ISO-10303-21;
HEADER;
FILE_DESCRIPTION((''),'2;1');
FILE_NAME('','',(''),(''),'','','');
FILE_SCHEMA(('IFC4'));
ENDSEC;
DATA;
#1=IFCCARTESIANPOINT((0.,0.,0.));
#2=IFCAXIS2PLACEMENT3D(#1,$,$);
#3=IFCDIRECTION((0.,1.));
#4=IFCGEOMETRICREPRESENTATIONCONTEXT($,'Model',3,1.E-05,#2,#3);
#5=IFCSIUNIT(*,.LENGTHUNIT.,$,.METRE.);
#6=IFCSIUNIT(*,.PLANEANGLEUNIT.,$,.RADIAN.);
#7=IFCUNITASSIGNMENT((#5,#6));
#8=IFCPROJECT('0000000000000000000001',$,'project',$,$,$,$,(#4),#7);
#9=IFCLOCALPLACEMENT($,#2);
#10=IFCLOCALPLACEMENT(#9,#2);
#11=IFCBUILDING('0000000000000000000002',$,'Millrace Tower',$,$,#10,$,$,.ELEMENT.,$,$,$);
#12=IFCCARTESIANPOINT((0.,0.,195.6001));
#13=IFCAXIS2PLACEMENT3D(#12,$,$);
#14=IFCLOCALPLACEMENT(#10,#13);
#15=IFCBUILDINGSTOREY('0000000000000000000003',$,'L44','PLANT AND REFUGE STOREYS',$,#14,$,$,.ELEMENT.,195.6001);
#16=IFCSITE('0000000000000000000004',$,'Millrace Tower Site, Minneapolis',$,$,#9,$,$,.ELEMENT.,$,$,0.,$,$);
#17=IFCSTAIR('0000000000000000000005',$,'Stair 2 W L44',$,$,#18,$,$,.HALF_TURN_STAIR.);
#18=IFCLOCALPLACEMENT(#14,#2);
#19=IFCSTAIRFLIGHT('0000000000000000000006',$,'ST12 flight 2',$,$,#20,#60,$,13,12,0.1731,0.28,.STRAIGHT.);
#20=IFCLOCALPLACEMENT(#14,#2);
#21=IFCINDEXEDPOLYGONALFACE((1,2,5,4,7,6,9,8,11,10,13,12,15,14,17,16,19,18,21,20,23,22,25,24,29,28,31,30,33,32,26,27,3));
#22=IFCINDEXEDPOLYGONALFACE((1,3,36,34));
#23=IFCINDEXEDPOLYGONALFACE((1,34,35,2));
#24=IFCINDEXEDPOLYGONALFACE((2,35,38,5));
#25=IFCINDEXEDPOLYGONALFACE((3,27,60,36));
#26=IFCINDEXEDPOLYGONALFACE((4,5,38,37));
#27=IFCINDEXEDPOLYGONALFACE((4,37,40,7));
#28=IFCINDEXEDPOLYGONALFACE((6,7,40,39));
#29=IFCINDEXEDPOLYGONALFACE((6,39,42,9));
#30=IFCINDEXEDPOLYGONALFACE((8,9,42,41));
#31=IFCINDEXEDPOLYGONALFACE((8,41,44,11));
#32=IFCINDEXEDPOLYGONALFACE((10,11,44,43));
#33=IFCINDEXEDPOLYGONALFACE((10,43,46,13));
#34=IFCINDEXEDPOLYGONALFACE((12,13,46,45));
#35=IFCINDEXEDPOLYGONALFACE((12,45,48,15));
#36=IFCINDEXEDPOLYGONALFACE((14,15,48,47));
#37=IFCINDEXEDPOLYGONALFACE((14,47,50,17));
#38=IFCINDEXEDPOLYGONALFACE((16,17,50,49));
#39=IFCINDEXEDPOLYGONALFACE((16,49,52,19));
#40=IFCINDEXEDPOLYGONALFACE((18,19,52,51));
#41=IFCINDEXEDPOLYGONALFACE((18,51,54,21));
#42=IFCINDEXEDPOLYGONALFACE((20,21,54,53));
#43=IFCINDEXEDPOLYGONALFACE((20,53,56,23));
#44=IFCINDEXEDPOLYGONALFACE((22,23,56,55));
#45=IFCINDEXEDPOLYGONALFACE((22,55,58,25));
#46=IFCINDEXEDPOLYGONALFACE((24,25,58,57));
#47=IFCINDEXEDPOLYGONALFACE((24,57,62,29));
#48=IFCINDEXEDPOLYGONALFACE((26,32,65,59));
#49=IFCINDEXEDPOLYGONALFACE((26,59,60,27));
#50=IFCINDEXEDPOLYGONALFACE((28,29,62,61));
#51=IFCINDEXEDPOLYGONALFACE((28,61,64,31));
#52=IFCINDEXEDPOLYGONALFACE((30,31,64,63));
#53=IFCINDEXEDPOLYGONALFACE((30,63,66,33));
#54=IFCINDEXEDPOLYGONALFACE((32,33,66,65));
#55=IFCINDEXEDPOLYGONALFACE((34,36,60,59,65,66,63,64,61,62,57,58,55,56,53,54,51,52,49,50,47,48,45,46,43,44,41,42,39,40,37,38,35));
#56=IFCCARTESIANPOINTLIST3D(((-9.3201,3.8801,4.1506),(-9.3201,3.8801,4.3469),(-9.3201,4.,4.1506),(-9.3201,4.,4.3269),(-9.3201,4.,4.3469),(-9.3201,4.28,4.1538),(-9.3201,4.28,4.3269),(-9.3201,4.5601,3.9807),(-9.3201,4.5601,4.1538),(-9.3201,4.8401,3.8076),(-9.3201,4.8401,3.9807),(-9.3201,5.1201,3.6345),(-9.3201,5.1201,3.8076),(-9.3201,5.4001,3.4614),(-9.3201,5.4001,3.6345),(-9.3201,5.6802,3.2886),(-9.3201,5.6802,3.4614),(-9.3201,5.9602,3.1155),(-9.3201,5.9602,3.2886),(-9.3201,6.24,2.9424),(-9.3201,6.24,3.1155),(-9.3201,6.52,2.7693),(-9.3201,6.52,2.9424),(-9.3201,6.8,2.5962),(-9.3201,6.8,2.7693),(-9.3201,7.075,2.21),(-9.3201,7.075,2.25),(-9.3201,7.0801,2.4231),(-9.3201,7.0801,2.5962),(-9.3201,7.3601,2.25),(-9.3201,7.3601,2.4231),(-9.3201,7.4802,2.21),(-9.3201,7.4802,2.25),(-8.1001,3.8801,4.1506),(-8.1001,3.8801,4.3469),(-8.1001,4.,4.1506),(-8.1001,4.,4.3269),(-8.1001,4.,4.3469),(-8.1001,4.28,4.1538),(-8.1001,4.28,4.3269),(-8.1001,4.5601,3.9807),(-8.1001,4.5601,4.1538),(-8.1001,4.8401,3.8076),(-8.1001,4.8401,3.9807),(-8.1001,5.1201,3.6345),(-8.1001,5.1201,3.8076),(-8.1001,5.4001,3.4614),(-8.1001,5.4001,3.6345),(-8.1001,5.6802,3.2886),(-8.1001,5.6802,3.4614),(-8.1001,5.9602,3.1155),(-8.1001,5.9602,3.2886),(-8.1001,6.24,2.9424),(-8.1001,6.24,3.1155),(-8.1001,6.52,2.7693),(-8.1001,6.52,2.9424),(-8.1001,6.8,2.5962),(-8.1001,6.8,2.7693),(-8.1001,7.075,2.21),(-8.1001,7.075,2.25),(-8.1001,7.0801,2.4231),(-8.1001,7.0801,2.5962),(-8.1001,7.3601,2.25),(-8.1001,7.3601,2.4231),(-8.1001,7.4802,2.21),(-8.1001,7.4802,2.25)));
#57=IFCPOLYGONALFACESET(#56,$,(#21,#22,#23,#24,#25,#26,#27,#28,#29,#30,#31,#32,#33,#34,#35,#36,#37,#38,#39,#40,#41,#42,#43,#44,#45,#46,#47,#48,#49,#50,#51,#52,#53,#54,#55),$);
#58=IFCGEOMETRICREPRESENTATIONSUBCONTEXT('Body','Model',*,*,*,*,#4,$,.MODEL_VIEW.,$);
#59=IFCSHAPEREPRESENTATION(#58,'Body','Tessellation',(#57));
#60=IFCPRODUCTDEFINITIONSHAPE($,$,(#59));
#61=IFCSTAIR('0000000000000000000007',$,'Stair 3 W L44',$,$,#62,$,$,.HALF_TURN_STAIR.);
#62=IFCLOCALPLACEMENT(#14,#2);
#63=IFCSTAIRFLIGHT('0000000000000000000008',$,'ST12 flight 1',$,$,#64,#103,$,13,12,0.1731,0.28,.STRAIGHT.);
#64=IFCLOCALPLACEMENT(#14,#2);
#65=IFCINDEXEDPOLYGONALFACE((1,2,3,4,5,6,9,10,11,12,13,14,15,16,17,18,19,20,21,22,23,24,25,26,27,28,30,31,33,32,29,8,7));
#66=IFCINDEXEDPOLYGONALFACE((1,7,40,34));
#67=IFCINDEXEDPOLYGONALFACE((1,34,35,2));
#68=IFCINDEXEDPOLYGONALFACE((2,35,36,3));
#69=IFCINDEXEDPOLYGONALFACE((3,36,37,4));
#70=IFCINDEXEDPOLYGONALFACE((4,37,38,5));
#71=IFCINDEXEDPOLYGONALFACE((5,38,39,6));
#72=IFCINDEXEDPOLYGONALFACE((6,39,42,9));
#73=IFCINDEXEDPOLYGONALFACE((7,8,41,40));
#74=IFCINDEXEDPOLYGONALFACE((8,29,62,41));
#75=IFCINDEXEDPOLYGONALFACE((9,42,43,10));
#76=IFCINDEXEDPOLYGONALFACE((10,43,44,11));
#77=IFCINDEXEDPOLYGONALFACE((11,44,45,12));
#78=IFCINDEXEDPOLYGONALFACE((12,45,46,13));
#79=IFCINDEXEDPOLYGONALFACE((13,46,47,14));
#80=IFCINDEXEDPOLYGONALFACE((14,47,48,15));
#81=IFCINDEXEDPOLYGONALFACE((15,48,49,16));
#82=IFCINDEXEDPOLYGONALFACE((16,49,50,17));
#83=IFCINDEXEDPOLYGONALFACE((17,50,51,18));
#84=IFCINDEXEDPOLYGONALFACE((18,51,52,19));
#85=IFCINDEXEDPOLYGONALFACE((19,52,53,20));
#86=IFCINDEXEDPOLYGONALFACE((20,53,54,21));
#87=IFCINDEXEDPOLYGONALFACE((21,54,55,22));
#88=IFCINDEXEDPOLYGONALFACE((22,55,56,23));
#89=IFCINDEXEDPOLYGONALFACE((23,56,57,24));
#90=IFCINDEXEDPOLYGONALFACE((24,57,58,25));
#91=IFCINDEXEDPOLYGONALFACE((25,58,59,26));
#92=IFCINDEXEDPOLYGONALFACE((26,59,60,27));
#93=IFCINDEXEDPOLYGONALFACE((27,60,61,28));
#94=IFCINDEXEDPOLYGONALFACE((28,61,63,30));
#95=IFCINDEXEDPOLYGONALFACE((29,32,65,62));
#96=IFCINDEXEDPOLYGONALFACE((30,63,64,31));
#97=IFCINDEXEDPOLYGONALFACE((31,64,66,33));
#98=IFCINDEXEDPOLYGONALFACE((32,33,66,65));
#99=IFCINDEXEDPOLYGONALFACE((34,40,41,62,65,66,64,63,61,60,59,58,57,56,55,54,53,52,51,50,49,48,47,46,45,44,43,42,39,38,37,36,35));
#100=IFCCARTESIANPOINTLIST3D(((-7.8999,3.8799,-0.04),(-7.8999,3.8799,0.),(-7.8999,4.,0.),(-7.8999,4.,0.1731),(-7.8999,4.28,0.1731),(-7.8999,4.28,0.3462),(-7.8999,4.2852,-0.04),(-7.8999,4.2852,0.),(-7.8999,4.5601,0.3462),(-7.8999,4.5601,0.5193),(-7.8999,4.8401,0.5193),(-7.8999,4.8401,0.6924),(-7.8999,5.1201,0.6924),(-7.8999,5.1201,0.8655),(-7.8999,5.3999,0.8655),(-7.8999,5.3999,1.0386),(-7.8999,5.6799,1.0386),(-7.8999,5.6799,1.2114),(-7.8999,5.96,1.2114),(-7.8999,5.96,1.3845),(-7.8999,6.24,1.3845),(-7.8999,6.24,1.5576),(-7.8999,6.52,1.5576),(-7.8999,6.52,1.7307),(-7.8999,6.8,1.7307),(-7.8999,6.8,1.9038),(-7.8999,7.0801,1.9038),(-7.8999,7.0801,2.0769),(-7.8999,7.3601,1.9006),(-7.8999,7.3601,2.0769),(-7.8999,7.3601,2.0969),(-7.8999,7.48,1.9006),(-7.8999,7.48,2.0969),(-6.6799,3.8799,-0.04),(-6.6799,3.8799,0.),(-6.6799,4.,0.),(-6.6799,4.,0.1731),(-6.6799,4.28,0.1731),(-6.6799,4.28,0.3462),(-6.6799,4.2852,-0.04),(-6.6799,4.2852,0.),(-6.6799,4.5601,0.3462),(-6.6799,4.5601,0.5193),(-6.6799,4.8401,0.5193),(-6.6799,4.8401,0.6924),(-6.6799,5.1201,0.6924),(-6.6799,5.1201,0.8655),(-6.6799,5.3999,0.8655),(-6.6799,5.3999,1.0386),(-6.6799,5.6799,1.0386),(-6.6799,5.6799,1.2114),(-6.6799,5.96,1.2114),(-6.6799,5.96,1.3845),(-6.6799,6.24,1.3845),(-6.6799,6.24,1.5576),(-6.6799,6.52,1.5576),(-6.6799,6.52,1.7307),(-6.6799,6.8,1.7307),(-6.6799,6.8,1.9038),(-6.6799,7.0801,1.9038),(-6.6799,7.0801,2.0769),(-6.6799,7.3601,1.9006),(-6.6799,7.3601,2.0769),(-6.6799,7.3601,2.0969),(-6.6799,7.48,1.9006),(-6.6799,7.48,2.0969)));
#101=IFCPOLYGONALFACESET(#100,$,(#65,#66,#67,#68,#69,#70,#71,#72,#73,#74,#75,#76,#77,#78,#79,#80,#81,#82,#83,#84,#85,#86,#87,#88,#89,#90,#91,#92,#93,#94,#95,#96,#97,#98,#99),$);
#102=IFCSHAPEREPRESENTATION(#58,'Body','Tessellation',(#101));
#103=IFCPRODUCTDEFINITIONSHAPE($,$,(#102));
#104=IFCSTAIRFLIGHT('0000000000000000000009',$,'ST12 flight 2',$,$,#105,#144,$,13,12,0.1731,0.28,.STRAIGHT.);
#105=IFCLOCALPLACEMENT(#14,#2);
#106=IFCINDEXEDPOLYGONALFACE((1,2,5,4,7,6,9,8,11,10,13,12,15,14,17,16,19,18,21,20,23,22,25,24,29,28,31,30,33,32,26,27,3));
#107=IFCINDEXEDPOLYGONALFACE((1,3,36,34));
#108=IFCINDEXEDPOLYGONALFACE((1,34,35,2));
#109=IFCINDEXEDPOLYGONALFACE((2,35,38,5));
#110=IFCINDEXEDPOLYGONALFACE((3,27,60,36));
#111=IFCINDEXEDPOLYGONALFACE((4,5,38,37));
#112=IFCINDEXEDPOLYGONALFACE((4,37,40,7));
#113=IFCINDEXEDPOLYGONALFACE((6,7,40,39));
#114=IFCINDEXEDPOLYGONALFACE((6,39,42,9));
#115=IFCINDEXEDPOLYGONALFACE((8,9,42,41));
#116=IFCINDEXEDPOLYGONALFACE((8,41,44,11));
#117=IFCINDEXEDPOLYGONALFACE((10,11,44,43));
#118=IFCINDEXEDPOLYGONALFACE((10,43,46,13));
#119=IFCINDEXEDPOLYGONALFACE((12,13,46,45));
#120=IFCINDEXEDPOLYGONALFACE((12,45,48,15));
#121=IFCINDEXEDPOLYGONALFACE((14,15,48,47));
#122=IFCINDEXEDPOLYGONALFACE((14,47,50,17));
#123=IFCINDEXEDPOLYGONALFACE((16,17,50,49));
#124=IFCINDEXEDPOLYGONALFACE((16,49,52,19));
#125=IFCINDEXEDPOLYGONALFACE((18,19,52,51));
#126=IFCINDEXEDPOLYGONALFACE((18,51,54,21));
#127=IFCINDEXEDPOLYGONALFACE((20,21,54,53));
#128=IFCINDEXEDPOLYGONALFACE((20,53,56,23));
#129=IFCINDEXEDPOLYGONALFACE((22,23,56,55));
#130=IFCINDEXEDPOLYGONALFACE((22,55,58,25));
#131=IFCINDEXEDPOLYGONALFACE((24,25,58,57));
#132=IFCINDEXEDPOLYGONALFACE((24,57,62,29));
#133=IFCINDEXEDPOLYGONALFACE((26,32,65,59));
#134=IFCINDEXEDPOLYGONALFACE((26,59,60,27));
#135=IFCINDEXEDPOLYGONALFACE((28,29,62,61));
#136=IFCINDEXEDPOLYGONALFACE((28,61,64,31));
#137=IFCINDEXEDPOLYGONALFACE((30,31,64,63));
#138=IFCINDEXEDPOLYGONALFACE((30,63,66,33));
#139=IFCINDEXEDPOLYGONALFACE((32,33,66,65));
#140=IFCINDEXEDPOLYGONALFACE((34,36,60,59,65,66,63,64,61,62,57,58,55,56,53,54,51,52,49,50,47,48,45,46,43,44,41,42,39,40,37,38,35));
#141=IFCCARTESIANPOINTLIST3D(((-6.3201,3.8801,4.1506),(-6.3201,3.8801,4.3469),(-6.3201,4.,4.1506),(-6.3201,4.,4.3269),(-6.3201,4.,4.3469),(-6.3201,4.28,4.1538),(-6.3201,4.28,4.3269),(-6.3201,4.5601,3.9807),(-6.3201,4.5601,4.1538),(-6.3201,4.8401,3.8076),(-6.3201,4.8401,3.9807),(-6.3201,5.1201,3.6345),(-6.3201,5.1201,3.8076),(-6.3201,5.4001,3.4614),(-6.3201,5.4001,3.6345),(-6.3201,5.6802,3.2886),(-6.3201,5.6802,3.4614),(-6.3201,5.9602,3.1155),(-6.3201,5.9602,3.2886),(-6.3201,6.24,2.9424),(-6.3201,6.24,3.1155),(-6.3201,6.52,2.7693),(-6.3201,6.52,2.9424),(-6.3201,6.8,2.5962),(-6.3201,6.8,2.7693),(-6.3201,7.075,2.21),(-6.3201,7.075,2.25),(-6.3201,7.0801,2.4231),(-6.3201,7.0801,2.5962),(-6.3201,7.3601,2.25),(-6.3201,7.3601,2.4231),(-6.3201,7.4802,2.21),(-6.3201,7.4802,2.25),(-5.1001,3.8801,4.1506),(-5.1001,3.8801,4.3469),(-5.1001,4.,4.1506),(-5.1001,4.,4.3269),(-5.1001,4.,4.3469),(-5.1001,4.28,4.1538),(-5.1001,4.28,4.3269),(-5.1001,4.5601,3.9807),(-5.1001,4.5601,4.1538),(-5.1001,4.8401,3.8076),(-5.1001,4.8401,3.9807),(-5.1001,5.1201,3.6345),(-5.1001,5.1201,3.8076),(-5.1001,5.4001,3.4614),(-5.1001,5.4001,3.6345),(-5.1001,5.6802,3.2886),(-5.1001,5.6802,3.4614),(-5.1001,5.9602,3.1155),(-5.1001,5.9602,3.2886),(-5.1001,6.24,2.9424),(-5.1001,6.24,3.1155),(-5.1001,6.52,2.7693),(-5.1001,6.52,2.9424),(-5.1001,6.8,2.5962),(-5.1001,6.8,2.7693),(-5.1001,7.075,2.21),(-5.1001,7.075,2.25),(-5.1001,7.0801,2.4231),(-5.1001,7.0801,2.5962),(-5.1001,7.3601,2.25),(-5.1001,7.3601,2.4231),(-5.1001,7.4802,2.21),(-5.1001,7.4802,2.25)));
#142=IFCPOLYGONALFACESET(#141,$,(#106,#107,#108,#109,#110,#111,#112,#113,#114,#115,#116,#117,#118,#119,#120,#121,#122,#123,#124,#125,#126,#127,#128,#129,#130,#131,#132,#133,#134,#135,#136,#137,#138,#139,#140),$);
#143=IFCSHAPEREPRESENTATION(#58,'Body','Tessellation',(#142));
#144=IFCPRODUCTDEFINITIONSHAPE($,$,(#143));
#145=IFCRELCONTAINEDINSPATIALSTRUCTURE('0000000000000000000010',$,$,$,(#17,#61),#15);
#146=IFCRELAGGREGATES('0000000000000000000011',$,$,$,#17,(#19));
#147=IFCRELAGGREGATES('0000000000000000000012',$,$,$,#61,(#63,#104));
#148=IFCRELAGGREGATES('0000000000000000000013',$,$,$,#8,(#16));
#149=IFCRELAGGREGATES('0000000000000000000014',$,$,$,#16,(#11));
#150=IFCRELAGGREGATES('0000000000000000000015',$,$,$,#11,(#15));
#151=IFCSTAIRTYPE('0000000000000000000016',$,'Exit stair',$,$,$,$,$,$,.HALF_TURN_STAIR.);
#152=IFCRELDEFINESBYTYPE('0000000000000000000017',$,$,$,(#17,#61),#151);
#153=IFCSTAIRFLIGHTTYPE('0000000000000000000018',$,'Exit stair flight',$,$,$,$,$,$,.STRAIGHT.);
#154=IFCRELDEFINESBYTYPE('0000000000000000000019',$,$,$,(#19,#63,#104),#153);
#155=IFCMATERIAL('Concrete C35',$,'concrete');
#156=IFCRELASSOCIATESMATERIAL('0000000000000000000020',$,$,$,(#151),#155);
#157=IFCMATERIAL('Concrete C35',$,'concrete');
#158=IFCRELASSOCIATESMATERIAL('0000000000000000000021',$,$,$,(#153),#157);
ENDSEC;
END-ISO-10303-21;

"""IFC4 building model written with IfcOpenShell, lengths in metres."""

from ifc_helpers import new_model, si_unit, direction, frame, origin, place, context, subcontext, project, spatial, polyline, outline, extrude, material, type_object, element, aggregate, save


model = new_model("IFC4")

# Units and contexts
model_context = context("Model", 3, precision=1e-05, world=origin(), true_north=direction((0.0, 1.0)))
body_context = subcontext(model_context, "Body", "Model", "MODEL_VIEW")
ifc_project = project(units=[si_unit("LENGTHUNIT", "METRE"), si_unit("PLANEANGLEUNIT", "RADIAN")], contexts=[model_context])

# Site, building, storey
site_placement = place(None, origin())
site = spatial("IfcSite", under=ifc_project, at=site_placement, Name="Millrace Tower Site, Minneapolis", CompositionType="ELEMENT", RefElevation=0.0)
building_placement = place(site_placement, origin())
building = spatial("IfcBuilding", under=site, at=building_placement, Name="Millrace Tower", CompositionType="ELEMENT")
storey_placement = place(building_placement, frame((0.0, 0.0, 195.6001)))
storey = spatial("IfcBuildingStorey", under=building, at=storey_placement, Name="L44", Description="PLANT AND REFUGE STOREYS", CompositionType="ELEMENT", Elevation=195.6001)

# Shared definitions
placement_1 = place(storey_placement, origin())

# Stairs, stair flights
ifc_material_1 = material(Name="Concrete C35", Category="concrete")
stair_type = type_object("IfcStairType", Name="Exit stair", PredefinedType="HALF_TURN_STAIR", material=ifc_material_1)
ifc_material_2 = material(Name="Concrete C35", Category="concrete")
stair_flight_type = type_object("IfcStairFlightType", Name="Exit stair flight", PredefinedType="STRAIGHT", material=ifc_material_2)
stair_1 = element("IfcStair", 1, at=placement_1, inside=storey, type_object=stair_type, Name="Stair 2 W L44", PredefinedType="HALF_TURN_STAIR")
stair_flight_1_placement = place(storey_placement, frame((-8.71, 7.3601, 2.25), z_axis=(0.0, 0.0, 1.0), x_axis=(0.0, -1.0, 0.0)))
stair_flight_1 = element("IfcStairFlight", 2, at=stair_flight_1_placement, type_object=stair_flight_type, Name="ST12 flight 2", NumberOfRisers=13, NumberOfTreads=12, PredefinedType="STRAIGHT", RiserHeight=0.1731, TreadLength=0.28, context=body_context, shape_type="SweptSolid", body=[
    extrude(outline(polyline([(-0.1201, -0.04), (-0.1201, 0.0), (0.0, 0.0), (0.0, 0.1731), (0.28, 0.1731), (0.28, 0.3462), (0.5601, 0.3462), (0.5601, 0.5193), (0.8401, 0.5193), (0.8401, 0.6924), (1.1201, 0.6924), (1.1201, 0.8655), (1.3999, 0.8655), (1.3999, 1.0386), (1.6799, 1.0386), (1.6799, 1.2114), (1.96, 1.2114), (1.96, 1.3845), (2.24, 1.3845), (2.24, 1.5576), (2.52, 1.5576), (2.52, 1.7307), (2.8, 1.7307), (2.8, 1.9038), (3.0801, 1.9038), (3.0801, 2.0769), (3.3601, 2.0769), (3.3601, 2.0969), (3.48, 2.0969), (3.48, 1.9006), (3.3601, 1.9006), (0.2852, 0.0), (0.2852, -0.04), (-0.1201, -0.04)])), frame((0.0, 0.6099, 0.0), z_axis=(0.0, -1.0, 0.0), x_axis=(1.0, 0.0, 0.0)), (0.0, 0.0, 1.0), 1.22),
])
aggregate(stair_1, [stair_flight_1])
stair_2 = element("IfcStair", 3, at=placement_1, inside=storey, type_object=stair_type, Name="Stair 3 W L44", PredefinedType="HALF_TURN_STAIR")
stair_flight_2_placement = place(storey_placement, frame((-7.29, 4.0, 0.0), z_axis=(0.0, 0.0, 1.0), x_axis=(0.0, 1.0, 0.0)))
stair_flight_2 = element("IfcStairFlight", 4, at=stair_flight_2_placement, type_object=stair_flight_type, Name="ST12 flight 1", NumberOfRisers=13, NumberOfTreads=12, PredefinedType="STRAIGHT", RiserHeight=0.1731, TreadLength=0.28, context=body_context, shape_type="SweptSolid", body=[
    extrude(outline(polyline([(-0.1201, -0.04), (-0.1201, 0.0), (0.0, 0.0), (0.0, 0.1731), (0.28, 0.1731), (0.28, 0.3462), (0.5601, 0.3462), (0.5601, 0.5193), (0.8401, 0.5193), (0.8401, 0.6924), (1.1201, 0.6924), (1.1201, 0.8655), (1.3999, 0.8655), (1.3999, 1.0386), (1.6799, 1.0386), (1.6799, 1.2114), (1.96, 1.2114), (1.96, 1.3845), (2.24, 1.3845), (2.24, 1.5576), (2.52, 1.5576), (2.52, 1.7307), (2.8, 1.7307), (2.8, 1.9038), (3.0801, 1.9038), (3.0801, 2.0769), (3.3601, 2.0769), (3.3601, 2.0969), (3.48, 2.0969), (3.48, 1.9006), (3.3601, 1.9006), (0.2852, 0.0), (0.2852, -0.04), (-0.1201, -0.04)])), frame((0.0, 0.6099, 0.0), z_axis=(0.0, -1.0, 0.0), x_axis=(1.0, 0.0, 0.0)), (0.0, 0.0, 1.0), 1.22),
])
stair_flight_3_placement = place(storey_placement, frame((-5.71, 7.3601, 2.25), z_axis=(0.0, 0.0, 1.0), x_axis=(0.0, -1.0, 0.0)))
stair_flight_3 = element("IfcStairFlight", 5, at=stair_flight_3_placement, type_object=stair_flight_type, Name="ST12 flight 2", NumberOfRisers=13, NumberOfTreads=12, PredefinedType="STRAIGHT", RiserHeight=0.1731, TreadLength=0.28, context=body_context, shape_type="SweptSolid", body=[
    extrude(outline(polyline([(-0.1201, -0.04), (-0.1201, 0.0), (0.0, 0.0), (0.0, 0.1731), (0.28, 0.1731), (0.28, 0.3462), (0.5601, 0.3462), (0.5601, 0.5193), (0.8401, 0.5193), (0.8401, 0.6924), (1.1201, 0.6924), (1.1201, 0.8655), (1.3999, 0.8655), (1.3999, 1.0386), (1.6799, 1.0386), (1.6799, 1.2114), (1.96, 1.2114), (1.96, 1.3845), (2.24, 1.3845), (2.24, 1.5576), (2.52, 1.5576), (2.52, 1.7307), (2.8, 1.7307), (2.8, 1.9038), (3.0801, 1.9038), (3.0801, 2.0769), (3.3601, 2.0769), (3.3601, 2.0969), (3.48, 2.0969), (3.48, 1.9006), (3.3601, 1.9006), (0.2852, 0.0), (0.2852, -0.04), (-0.1201, -0.04)])), frame((0.0, 0.6099, 0.0), z_axis=(0.0, -1.0, 0.0), x_axis=(1.0, 0.0, 0.0)), (0.0, 0.0, 1.0), 1.22),
])
aggregate(stair_2, [stair_flight_2, stair_flight_3])

save(model, "model.ifc")
